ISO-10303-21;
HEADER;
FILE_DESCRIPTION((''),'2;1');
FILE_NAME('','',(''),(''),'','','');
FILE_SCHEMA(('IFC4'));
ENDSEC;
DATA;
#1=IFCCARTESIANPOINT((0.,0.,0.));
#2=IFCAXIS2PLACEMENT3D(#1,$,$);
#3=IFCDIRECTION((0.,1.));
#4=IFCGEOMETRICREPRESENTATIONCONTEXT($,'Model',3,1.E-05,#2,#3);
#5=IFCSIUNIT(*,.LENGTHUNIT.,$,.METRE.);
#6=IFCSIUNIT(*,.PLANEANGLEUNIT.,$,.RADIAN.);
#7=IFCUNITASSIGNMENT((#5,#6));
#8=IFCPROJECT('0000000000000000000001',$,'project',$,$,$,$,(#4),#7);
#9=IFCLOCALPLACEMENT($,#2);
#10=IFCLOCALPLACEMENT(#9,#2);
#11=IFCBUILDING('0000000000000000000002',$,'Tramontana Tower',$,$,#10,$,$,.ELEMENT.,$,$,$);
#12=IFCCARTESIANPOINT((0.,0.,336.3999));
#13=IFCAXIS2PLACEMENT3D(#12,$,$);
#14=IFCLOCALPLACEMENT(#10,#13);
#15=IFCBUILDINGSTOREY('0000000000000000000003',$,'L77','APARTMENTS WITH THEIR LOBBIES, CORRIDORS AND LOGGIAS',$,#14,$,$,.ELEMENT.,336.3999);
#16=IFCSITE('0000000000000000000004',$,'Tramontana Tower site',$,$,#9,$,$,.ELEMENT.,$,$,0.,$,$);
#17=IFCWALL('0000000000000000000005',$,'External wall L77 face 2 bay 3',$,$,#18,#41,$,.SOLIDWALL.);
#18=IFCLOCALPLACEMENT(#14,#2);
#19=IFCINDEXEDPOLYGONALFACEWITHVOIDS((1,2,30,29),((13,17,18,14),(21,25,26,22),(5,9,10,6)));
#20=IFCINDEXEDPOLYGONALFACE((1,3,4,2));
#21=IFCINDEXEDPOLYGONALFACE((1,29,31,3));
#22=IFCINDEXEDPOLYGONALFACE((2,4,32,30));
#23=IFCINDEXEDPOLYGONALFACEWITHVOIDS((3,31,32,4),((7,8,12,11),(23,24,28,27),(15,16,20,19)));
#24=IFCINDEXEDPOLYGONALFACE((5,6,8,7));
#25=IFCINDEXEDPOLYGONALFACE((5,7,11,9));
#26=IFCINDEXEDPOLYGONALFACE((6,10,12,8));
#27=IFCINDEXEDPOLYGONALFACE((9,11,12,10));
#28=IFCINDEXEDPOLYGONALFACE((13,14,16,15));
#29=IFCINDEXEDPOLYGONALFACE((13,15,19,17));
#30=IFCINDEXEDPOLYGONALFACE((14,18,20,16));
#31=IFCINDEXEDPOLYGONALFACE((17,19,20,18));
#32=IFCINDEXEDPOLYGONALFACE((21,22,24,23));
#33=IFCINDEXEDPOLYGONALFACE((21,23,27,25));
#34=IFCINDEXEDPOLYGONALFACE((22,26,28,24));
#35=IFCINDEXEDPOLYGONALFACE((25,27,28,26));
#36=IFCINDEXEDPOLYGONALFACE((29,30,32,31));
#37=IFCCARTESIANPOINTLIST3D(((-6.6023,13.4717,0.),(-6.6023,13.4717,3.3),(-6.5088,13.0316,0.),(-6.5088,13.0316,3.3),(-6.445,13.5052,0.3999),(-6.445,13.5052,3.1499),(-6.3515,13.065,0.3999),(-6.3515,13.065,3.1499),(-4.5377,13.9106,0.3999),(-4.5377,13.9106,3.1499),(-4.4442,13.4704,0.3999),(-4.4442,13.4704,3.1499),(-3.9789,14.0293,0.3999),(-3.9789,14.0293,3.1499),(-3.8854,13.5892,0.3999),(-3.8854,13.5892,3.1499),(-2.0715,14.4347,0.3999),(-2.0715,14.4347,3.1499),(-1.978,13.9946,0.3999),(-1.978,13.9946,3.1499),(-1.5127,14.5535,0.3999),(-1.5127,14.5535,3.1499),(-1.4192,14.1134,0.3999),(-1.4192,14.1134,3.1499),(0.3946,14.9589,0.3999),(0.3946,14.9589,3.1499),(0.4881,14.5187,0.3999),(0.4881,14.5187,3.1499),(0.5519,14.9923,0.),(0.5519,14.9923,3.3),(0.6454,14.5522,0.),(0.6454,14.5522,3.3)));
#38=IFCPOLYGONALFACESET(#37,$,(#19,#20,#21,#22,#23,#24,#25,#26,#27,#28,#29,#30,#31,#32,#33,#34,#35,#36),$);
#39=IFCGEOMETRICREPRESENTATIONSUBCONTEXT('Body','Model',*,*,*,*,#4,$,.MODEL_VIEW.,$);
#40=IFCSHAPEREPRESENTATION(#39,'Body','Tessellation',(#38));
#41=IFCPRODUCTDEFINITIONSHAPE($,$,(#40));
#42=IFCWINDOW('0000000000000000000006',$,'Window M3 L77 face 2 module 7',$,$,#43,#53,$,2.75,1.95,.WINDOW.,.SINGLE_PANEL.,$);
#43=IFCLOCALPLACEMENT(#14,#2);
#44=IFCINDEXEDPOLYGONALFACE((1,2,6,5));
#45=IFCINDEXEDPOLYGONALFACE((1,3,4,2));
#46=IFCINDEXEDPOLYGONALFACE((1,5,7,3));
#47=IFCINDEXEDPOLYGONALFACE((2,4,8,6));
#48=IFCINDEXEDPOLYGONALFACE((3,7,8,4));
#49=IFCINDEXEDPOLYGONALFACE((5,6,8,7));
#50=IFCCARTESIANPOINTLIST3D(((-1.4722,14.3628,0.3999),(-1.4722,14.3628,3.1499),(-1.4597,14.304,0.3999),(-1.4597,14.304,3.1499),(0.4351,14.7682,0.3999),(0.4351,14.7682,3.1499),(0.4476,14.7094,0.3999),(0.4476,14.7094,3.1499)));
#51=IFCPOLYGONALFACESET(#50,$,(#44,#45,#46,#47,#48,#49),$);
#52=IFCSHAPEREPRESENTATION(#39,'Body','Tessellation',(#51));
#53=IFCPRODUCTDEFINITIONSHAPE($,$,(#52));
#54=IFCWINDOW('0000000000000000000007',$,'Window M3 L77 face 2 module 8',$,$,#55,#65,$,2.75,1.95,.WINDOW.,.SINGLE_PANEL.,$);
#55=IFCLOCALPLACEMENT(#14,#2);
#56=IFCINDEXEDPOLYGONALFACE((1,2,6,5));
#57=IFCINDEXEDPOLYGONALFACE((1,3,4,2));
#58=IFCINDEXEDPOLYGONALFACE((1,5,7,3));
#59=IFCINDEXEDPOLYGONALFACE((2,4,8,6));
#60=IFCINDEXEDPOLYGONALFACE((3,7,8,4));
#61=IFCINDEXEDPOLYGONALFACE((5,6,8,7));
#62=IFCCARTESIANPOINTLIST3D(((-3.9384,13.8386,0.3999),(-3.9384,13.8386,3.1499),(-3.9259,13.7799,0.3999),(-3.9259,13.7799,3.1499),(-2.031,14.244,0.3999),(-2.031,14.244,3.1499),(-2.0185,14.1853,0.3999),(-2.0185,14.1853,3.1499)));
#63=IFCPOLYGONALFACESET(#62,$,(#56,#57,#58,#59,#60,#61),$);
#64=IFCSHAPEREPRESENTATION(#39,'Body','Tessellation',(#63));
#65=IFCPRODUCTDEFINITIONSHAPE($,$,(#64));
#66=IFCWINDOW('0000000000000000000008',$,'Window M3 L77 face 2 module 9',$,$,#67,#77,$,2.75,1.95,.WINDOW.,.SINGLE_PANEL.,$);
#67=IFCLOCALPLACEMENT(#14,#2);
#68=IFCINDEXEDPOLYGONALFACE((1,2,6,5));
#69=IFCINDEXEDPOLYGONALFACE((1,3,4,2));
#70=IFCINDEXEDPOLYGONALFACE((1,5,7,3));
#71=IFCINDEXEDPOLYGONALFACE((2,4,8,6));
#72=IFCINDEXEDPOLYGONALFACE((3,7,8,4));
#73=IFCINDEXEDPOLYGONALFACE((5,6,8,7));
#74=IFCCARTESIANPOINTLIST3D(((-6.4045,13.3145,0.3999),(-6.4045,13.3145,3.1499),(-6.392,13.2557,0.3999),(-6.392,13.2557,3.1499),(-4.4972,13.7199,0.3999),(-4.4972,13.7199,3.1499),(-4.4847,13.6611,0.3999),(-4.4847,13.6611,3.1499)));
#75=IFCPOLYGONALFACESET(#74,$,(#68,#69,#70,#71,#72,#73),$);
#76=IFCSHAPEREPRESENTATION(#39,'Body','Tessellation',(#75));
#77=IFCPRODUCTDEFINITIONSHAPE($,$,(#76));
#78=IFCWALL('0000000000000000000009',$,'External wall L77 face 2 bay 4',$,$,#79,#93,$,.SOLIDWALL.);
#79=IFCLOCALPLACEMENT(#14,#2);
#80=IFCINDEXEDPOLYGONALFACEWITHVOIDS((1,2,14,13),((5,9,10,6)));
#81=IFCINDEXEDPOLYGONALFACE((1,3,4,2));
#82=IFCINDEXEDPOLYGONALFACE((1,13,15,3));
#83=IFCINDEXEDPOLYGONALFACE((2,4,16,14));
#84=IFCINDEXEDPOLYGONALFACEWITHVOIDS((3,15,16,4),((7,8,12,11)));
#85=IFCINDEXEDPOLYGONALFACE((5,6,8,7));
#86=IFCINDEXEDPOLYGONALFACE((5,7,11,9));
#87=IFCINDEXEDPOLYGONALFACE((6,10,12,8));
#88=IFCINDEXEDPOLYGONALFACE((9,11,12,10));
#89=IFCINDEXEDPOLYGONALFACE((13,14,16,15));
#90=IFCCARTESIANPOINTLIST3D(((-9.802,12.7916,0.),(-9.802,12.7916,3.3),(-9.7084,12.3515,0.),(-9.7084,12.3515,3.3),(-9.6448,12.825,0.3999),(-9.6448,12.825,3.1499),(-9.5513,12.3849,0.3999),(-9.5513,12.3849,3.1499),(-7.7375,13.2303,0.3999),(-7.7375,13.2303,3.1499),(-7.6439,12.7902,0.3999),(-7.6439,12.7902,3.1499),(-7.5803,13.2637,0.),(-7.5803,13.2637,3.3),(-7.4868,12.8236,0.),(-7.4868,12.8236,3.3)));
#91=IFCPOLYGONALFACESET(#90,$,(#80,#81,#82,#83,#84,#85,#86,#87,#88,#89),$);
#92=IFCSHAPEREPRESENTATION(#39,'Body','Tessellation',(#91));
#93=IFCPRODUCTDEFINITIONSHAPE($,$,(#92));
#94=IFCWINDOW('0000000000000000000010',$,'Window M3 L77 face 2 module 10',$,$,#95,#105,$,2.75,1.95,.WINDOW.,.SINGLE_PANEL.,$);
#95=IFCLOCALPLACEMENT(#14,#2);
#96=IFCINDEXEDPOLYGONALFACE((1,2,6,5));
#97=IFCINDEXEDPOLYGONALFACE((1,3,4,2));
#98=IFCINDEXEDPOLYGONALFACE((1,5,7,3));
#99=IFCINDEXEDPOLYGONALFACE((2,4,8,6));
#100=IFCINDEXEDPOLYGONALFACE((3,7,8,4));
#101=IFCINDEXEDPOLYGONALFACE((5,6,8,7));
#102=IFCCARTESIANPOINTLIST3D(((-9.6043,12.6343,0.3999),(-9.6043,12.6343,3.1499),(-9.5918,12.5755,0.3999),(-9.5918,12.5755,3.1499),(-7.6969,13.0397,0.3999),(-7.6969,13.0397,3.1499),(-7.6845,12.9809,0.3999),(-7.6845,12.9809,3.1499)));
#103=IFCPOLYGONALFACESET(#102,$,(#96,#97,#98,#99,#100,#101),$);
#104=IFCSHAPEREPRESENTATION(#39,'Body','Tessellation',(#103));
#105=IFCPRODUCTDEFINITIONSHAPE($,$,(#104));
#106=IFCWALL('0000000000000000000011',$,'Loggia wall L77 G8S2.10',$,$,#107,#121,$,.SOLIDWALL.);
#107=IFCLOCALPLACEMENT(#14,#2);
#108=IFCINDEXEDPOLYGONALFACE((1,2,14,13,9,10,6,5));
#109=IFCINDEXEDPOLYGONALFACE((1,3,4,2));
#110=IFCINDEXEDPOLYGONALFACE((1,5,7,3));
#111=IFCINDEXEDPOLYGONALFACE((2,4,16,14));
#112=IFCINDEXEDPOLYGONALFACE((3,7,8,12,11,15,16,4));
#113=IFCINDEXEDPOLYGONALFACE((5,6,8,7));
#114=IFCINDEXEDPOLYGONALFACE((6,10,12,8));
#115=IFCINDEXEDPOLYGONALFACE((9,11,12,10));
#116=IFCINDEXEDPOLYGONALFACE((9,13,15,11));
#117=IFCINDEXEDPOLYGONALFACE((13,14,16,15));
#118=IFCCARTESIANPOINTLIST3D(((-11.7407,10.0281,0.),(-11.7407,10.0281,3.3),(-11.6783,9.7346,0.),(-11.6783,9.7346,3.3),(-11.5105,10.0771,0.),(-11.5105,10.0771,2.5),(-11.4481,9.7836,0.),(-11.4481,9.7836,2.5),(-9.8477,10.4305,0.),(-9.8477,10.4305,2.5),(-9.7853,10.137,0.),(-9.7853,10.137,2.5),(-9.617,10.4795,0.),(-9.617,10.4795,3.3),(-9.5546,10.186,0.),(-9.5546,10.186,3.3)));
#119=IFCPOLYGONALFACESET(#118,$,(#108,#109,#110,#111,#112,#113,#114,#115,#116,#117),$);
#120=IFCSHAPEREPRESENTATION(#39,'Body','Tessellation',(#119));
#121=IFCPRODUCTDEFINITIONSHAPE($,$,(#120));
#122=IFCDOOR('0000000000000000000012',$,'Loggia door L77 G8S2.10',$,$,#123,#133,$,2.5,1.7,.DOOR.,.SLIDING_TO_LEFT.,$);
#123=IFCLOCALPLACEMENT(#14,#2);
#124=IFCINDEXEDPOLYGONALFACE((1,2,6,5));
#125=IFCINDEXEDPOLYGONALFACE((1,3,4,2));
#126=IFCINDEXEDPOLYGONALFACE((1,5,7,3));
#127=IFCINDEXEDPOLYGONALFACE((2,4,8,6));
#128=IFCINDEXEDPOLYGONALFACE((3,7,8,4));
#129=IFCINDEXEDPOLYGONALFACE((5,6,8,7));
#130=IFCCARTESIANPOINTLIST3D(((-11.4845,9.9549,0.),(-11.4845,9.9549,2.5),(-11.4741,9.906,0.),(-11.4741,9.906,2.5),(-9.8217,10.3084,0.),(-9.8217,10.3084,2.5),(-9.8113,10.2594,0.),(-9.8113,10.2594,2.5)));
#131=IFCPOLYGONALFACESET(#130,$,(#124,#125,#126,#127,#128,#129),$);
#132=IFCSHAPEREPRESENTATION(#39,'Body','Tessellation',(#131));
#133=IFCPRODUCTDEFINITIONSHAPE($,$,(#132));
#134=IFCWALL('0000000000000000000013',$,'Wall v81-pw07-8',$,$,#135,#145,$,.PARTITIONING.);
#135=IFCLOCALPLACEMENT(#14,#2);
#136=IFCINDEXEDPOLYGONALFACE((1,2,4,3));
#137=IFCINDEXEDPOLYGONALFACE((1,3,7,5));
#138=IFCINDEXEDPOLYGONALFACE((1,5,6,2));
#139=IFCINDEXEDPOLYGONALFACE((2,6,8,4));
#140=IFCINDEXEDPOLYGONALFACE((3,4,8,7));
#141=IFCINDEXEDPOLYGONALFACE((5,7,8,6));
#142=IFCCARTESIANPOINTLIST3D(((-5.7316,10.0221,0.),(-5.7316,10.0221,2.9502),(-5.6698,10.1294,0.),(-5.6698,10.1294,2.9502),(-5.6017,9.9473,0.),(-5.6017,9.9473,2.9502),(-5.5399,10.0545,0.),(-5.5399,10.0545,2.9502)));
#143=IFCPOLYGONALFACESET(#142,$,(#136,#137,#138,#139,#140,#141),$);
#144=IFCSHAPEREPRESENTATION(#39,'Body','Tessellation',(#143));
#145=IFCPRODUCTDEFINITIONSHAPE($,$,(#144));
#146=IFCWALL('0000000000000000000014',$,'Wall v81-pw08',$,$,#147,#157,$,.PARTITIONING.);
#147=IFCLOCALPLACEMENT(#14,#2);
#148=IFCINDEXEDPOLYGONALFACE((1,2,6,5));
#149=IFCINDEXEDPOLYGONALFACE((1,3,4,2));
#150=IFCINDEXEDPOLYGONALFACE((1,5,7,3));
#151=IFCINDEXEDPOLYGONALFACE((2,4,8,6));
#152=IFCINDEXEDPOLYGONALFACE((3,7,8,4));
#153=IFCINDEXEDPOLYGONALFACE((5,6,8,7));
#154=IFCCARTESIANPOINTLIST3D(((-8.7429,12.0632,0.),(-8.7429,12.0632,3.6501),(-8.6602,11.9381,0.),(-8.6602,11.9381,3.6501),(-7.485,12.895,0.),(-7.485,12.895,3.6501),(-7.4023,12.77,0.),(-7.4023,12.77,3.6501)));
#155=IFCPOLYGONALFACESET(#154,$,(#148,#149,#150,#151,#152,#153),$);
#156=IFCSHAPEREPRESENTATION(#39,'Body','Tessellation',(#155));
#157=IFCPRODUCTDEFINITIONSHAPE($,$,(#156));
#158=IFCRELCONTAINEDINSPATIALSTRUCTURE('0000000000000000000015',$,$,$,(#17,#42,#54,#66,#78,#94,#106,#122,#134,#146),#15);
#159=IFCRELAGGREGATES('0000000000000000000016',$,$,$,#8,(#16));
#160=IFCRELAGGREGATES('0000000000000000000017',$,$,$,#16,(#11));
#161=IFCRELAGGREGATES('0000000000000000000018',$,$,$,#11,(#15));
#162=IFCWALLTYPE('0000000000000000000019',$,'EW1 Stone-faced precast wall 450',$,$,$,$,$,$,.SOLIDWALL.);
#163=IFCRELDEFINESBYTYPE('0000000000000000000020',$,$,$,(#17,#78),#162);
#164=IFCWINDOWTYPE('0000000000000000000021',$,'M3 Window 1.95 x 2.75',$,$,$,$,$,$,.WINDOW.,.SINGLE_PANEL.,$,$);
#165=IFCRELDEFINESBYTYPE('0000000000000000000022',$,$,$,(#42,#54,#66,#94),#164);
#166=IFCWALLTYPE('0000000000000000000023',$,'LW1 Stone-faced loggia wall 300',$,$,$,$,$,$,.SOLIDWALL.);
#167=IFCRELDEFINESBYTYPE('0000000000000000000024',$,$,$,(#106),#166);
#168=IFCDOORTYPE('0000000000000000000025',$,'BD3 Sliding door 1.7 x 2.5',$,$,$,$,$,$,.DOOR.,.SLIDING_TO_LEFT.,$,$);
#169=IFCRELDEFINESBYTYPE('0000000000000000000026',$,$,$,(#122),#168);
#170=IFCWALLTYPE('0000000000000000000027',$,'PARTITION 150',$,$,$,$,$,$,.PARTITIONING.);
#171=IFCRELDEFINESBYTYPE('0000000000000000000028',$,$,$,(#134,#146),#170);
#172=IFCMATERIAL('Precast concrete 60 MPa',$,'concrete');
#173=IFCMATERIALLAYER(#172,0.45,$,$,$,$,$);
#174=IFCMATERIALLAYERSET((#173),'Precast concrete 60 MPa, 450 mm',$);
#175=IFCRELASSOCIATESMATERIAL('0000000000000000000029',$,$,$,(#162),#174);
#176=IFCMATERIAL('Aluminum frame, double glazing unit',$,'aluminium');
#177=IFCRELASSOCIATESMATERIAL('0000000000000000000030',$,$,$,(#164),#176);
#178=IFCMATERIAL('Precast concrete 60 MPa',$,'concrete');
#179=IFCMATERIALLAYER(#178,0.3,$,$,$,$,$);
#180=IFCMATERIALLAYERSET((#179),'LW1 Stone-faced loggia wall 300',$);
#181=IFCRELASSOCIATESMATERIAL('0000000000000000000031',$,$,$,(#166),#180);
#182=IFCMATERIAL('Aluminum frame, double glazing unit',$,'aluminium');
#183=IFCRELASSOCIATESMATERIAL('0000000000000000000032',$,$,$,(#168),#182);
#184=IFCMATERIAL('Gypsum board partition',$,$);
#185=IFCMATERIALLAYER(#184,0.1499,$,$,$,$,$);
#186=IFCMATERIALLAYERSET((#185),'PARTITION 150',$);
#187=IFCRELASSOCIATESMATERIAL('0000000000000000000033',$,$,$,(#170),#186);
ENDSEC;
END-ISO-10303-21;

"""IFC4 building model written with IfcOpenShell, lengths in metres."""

from ifc_helpers import new_model, si_unit, direction, frame, frame_2d, origin, place, context, subcontext, project, spatial, rectangle, extrude, material, layer, layer_set, type_object, element, fill, save


model = new_model("IFC4")

# Units and contexts
model_context = context("Model", 3, precision=1e-05, world=origin(), true_north=direction((0.0, 1.0)))
body_context = subcontext(model_context, "Body", "Model", "MODEL_VIEW")
ifc_project = project(units=[si_unit("LENGTHUNIT", "METRE"), si_unit("PLANEANGLEUNIT", "RADIAN")], contexts=[model_context])

# Site, building, storey
site_placement = place(None, origin())
site = spatial("IfcSite", under=ifc_project, at=site_placement, Name="Tramontana Tower site", CompositionType="ELEMENT", RefElevation=0.0)
building_placement = place(site_placement, origin())
building = spatial("IfcBuilding", under=site, at=building_placement, Name="Tramontana Tower", CompositionType="ELEMENT")
storey_placement = place(building_placement, frame((0.0, 0.0, 336.3999)))
storey = spatial("IfcBuildingStorey", under=building, at=storey_placement, Name="L77", Description="APARTMENTS WITH THEIR LOBBIES, CORRIDORS AND LOGGIAS", CompositionType="ELEMENT", Elevation=336.3999)

# Wall, openings, windows
ifc_material_1 = material(Name="Precast concrete 60 MPa", Category="concrete")
ifc_layer_1 = layer(ifc_material_1, 0.45)
ifc_layer_set_1 = layer_set([ifc_layer_1], Name="Precast concrete 60 MPa, 450 mm")
wall_type_1 = type_object("IfcWallType", Name="EW1 Stone-faced precast wall 450", PredefinedType="SOLIDWALL", material=ifc_layer_set_1)
wall_1_placement = place(storey_placement, frame((0.5986, 14.7722, 0.0), z_axis=(0.0, 0.0, 1.0), x_axis=(-0.978151, -0.207894, 0.0)))
wall_1 = element("IfcWall", 1, at=wall_1_placement, inside=storey, type_object=wall_type_1, Name="External wall L77 face 2 bay 3", PredefinedType="SOLIDWALL", context=body_context, shape_type="SweptSolid", body=[
    extrude(rectangle(XDim=7.314, YDim=0.45, at=frame_2d((3.657, 0.0))), origin(), (0.0, 0.0, 1.0), 3.3),
])
opening_1_placement = place(wall_1_placement, frame((0.1606, 0.0, 0.3999)))
opening_1 = element("IfcOpeningElement", 2, at=opening_1_placement, cuts=wall_1, PredefinedType="OPENING", context=body_context, shape_type="SweptSolid", body=[
    extrude(rectangle(XDim=1.95, YDim=2.75, at=frame_2d((0.9751, 1.375))), frame((0.0, 0.2349, 0.0), z_axis=(0.0, -1.0, 0.0), x_axis=(1.0, 0.0, 0.0)), (0.0, 0.0, 1.0), 0.47),
])
opening_2_placement = place(wall_1_placement, frame((2.6819, 0.0, 0.3999)))
opening_2 = element("IfcOpeningElement", 3, at=opening_2_placement, cuts=wall_1, PredefinedType="OPENING", context=body_context, shape_type="SweptSolid", body=[
    extrude(rectangle(XDim=1.95, YDim=2.75, at=frame_2d((0.9751, 1.375))), frame((0.0, 0.2349, 0.0), z_axis=(0.0, -1.0, 0.0), x_axis=(1.0, 0.0, 0.0)), (0.0, 0.0, 1.0), 0.47),
])
opening_3_placement = place(wall_1_placement, frame((5.2031, 0.0, 0.3999)))
opening_3 = element("IfcOpeningElement", 4, at=opening_3_placement, cuts=wall_1, PredefinedType="OPENING", context=body_context, shape_type="SweptSolid", body=[
    extrude(rectangle(XDim=1.95, YDim=2.75, at=frame_2d((0.9751, 1.375))), frame((0.0, 0.2349, 0.0), z_axis=(0.0, -1.0, 0.0), x_axis=(1.0, 0.0, 0.0)), (0.0, 0.0, 1.0), 0.47),
])
ifc_material_2 = material(Name="Aluminum frame, double glazing unit", Category="aluminium")
window_type = type_object("IfcWindowType", Name="M3 Window 1.95 x 2.75", PartitioningType="SINGLE_PANEL", PredefinedType="WINDOW", material=ifc_material_2)
window_1_placement = place(opening_1_placement, origin())
window_1 = element("IfcWindow", 5, at=window_1_placement, inside=storey, type_object=window_type, Name="Window M3 L77 face 2 module 7", OverallHeight=2.75, OverallWidth=1.95, PartitioningType="SINGLE_PANEL", PredefinedType="WINDOW", context=body_context, shape_type="SweptSolid", body=[
    extrude(rectangle(XDim=1.95, YDim=2.75, at=frame_2d((0.9751, 1.375))), frame((0.0, 0.03, 0.0), z_axis=(0.0, -1.0, 0.0), x_axis=(1.0, 0.0, 0.0)), (0.0, 0.0, 1.0), 0.0601),
])
fill(opening_1, window_1)
window_2_placement = place(opening_2_placement, origin())
window_2 = element("IfcWindow", 6, at=window_2_placement, inside=storey, type_object=window_type, Name="Window M3 L77 face 2 module 8", OverallHeight=2.75, OverallWidth=1.95, PartitioningType="SINGLE_PANEL", PredefinedType="WINDOW", context=body_context, shape_type="SweptSolid", body=[
    extrude(rectangle(XDim=1.95, YDim=2.75, at=frame_2d((0.9751, 1.375))), frame((0.0, 0.03, 0.0), z_axis=(0.0, -1.0, 0.0), x_axis=(1.0, 0.0, 0.0)), (0.0, 0.0, 1.0), 0.0601),
])
fill(opening_2, window_2)
window_3_placement = place(opening_3_placement, origin())
window_3 = element("IfcWindow", 7, at=window_3_placement, inside=storey, type_object=window_type, Name="Window M3 L77 face 2 module 9", OverallHeight=2.75, OverallWidth=1.95, PartitioningType="SINGLE_PANEL", PredefinedType="WINDOW", context=body_context, shape_type="SweptSolid", body=[
    extrude(rectangle(XDim=1.95, YDim=2.75, at=frame_2d((0.9751, 1.375))), frame((0.0, 0.03, 0.0), z_axis=(0.0, -1.0, 0.0), x_axis=(1.0, 0.0, 0.0)), (0.0, 0.0, 1.0), 0.0601),
])
fill(opening_3, window_3)

# Wall, opening, window
wall_2_placement = place(storey_placement, frame((-7.5334, 13.0437, 0.0), z_axis=(0.0, 0.0, 1.0), x_axis=(-0.978153, -0.207884, 0.0)))
wall_2 = element("IfcWall", 8, at=wall_2_placement, inside=storey, type_object=wall_type_1, Name="External wall L77 face 2 bay 4", PredefinedType="SOLIDWALL", context=body_context, shape_type="SweptSolid", body=[
    extrude(rectangle(XDim=2.2712, YDim=0.45, at=frame_2d((1.1357, 0.0))), origin(), (0.0, 0.0, 1.0), 3.3),
])
opening_4_placement = place(wall_2_placement, frame((0.1606, 0.0, 0.3999)))
opening_4 = element("IfcOpeningElement", 9, at=opening_4_placement, cuts=wall_2, PredefinedType="OPENING", context=body_context, shape_type="SweptSolid", body=[
    extrude(rectangle(XDim=1.95, YDim=2.75, at=frame_2d((0.9751, 1.375))), frame((0.0, 0.2349, 0.0), z_axis=(0.0, -1.0, 0.0), x_axis=(1.0, 0.0, 0.0)), (0.0, 0.0, 1.0), 0.47),
])
window_4_placement = place(opening_4_placement, origin())
window_4 = element("IfcWindow", 10, at=window_4_placement, inside=storey, type_object=window_type, Name="Window M3 L77 face 2 module 10", OverallHeight=2.75, OverallWidth=1.95, PartitioningType="SINGLE_PANEL", PredefinedType="WINDOW", context=body_context, shape_type="SweptSolid", body=[
    extrude(rectangle(XDim=1.95, YDim=2.75, at=frame_2d((0.9751, 1.375))), frame((0.0, 0.03, 0.0), z_axis=(0.0, -1.0, 0.0), x_axis=(1.0, 0.0, 0.0)), (0.0, 0.0, 1.0), 0.0601),
])
fill(opening_4, window_4)

# Wall, opening, door
ifc_material_3 = material(Name="Precast concrete 60 MPa", Category="concrete")
ifc_layer_2 = layer(ifc_material_3, 0.3)
ifc_layer_set_2 = layer_set([ifc_layer_2], Name="LW1 Stone-faced loggia wall 300")
wall_type_2 = type_object("IfcWallType", Name="LW1 Stone-faced loggia wall 300", PredefinedType="SOLIDWALL", material=ifc_layer_set_2)
wall_3_placement = place(storey_placement, frame((-9.5859, 10.3328, 0.0), z_axis=(0.0, 0.0, 1.0), x_axis=(-0.978148, -0.207909, 0.0)))
wall_3 = element("IfcWall", 11, at=wall_3_placement, inside=storey, type_object=wall_type_2, Name="Loggia wall L77 G8S2.10", PredefinedType="SOLIDWALL", context=body_context, shape_type="SweptSolid", body=[
    extrude(rectangle(XDim=2.1711, YDim=0.3, at=frame_2d((1.0854, 0.0))), origin(), (0.0, 0.0, 1.0), 3.3),
])
opening_5_placement = place(wall_3_placement, frame((0.2356, 0.0, 0.0)))
opening_5 = element("IfcOpeningElement", 12, at=opening_5_placement, cuts=wall_3, PredefinedType="OPENING", context=body_context, shape_type="SweptSolid", body=[
    extrude(rectangle(XDim=1.7, YDim=2.5, at=frame_2d((0.8501, 1.25))), frame((0.0, 0.1599, 0.0), z_axis=(0.0, -1.0, 0.0), x_axis=(1.0, 0.0, 0.0)), (0.0, 0.0, 1.0), 0.3201),
])
ifc_material_4 = material(Name="Aluminum frame, double glazing unit", Category="aluminium")
door_type_1 = type_object("IfcDoorType", Name="BD3 Sliding door 1.7 x 2.5", OperationType="SLIDING_TO_LEFT", PredefinedType="DOOR", material=ifc_material_4)
door_1_placement = place(opening_5_placement, origin())
door_1 = element("IfcDoor", 13, at=door_1_placement, inside=storey, type_object=door_type_1, Name="Loggia door L77 G8S2.10", OperationType="SLIDING_TO_LEFT", OverallHeight=2.5, OverallWidth=1.7, PredefinedType="DOOR", context=body_context, shape_type="SweptSolid", body=[
    extrude(rectangle(XDim=1.7, YDim=2.5, at=frame_2d((0.8501, 1.25))), frame((0.0, 0.0249, 0.0), z_axis=(0.0, -1.0, 0.0), x_axis=(1.0, 0.0, 0.0)), (0.0, 0.0, 1.0), 0.05),
])
fill(opening_5, door_1)

# Walls
ifc_material_5 = material(Name="Gypsum board partition")
ifc_layer_3 = layer(ifc_material_5, 0.1499)
ifc_layer_set_3 = layer_set([ifc_layer_3], Name="PARTITION 150")
wall_type_3 = type_object("IfcWallType", Name="PARTITION 150", PredefinedType="PARTITIONING", material=ifc_layer_set_3)
wall_4_placement = place(storey_placement, frame((-5.6667, 9.9846, 0.0), z_axis=(0.0, 0.0, 1.0), x_axis=(0.499324, 0.866415, 0.0)))
element("IfcWall", 14, at=wall_4_placement, inside=storey, type_object=wall_type_3, Name="Wall v81-pw07-8", PredefinedType="PARTITIONING", context=body_context, shape_type="SweptSolid", body=[
    extrude(rectangle(XDim=0.1238, YDim=0.1499, at=frame_2d((0.062, 0.0))), origin(), (0.0, 0.0, 1.0), 2.9502),
])
wall_5_placement = place(storey_placement, frame((-8.7014, 12.0007, 0.0), z_axis=(0.0, 0.0, 1.0), x_axis=(0.834112, 0.551595, 0.0)))
element("IfcWall", 15, at=wall_5_placement, inside=storey, type_object=wall_type_3, Name="Wall v81-pw08", PredefinedType="PARTITIONING", context=body_context, shape_type="SweptSolid", body=[
    extrude(rectangle(XDim=1.5081, YDim=0.1499, at=frame_2d((0.7539, 0.0))), origin(), (0.0, 0.0, 1.0), 3.6501),
])

save(model, "model.ifc")
